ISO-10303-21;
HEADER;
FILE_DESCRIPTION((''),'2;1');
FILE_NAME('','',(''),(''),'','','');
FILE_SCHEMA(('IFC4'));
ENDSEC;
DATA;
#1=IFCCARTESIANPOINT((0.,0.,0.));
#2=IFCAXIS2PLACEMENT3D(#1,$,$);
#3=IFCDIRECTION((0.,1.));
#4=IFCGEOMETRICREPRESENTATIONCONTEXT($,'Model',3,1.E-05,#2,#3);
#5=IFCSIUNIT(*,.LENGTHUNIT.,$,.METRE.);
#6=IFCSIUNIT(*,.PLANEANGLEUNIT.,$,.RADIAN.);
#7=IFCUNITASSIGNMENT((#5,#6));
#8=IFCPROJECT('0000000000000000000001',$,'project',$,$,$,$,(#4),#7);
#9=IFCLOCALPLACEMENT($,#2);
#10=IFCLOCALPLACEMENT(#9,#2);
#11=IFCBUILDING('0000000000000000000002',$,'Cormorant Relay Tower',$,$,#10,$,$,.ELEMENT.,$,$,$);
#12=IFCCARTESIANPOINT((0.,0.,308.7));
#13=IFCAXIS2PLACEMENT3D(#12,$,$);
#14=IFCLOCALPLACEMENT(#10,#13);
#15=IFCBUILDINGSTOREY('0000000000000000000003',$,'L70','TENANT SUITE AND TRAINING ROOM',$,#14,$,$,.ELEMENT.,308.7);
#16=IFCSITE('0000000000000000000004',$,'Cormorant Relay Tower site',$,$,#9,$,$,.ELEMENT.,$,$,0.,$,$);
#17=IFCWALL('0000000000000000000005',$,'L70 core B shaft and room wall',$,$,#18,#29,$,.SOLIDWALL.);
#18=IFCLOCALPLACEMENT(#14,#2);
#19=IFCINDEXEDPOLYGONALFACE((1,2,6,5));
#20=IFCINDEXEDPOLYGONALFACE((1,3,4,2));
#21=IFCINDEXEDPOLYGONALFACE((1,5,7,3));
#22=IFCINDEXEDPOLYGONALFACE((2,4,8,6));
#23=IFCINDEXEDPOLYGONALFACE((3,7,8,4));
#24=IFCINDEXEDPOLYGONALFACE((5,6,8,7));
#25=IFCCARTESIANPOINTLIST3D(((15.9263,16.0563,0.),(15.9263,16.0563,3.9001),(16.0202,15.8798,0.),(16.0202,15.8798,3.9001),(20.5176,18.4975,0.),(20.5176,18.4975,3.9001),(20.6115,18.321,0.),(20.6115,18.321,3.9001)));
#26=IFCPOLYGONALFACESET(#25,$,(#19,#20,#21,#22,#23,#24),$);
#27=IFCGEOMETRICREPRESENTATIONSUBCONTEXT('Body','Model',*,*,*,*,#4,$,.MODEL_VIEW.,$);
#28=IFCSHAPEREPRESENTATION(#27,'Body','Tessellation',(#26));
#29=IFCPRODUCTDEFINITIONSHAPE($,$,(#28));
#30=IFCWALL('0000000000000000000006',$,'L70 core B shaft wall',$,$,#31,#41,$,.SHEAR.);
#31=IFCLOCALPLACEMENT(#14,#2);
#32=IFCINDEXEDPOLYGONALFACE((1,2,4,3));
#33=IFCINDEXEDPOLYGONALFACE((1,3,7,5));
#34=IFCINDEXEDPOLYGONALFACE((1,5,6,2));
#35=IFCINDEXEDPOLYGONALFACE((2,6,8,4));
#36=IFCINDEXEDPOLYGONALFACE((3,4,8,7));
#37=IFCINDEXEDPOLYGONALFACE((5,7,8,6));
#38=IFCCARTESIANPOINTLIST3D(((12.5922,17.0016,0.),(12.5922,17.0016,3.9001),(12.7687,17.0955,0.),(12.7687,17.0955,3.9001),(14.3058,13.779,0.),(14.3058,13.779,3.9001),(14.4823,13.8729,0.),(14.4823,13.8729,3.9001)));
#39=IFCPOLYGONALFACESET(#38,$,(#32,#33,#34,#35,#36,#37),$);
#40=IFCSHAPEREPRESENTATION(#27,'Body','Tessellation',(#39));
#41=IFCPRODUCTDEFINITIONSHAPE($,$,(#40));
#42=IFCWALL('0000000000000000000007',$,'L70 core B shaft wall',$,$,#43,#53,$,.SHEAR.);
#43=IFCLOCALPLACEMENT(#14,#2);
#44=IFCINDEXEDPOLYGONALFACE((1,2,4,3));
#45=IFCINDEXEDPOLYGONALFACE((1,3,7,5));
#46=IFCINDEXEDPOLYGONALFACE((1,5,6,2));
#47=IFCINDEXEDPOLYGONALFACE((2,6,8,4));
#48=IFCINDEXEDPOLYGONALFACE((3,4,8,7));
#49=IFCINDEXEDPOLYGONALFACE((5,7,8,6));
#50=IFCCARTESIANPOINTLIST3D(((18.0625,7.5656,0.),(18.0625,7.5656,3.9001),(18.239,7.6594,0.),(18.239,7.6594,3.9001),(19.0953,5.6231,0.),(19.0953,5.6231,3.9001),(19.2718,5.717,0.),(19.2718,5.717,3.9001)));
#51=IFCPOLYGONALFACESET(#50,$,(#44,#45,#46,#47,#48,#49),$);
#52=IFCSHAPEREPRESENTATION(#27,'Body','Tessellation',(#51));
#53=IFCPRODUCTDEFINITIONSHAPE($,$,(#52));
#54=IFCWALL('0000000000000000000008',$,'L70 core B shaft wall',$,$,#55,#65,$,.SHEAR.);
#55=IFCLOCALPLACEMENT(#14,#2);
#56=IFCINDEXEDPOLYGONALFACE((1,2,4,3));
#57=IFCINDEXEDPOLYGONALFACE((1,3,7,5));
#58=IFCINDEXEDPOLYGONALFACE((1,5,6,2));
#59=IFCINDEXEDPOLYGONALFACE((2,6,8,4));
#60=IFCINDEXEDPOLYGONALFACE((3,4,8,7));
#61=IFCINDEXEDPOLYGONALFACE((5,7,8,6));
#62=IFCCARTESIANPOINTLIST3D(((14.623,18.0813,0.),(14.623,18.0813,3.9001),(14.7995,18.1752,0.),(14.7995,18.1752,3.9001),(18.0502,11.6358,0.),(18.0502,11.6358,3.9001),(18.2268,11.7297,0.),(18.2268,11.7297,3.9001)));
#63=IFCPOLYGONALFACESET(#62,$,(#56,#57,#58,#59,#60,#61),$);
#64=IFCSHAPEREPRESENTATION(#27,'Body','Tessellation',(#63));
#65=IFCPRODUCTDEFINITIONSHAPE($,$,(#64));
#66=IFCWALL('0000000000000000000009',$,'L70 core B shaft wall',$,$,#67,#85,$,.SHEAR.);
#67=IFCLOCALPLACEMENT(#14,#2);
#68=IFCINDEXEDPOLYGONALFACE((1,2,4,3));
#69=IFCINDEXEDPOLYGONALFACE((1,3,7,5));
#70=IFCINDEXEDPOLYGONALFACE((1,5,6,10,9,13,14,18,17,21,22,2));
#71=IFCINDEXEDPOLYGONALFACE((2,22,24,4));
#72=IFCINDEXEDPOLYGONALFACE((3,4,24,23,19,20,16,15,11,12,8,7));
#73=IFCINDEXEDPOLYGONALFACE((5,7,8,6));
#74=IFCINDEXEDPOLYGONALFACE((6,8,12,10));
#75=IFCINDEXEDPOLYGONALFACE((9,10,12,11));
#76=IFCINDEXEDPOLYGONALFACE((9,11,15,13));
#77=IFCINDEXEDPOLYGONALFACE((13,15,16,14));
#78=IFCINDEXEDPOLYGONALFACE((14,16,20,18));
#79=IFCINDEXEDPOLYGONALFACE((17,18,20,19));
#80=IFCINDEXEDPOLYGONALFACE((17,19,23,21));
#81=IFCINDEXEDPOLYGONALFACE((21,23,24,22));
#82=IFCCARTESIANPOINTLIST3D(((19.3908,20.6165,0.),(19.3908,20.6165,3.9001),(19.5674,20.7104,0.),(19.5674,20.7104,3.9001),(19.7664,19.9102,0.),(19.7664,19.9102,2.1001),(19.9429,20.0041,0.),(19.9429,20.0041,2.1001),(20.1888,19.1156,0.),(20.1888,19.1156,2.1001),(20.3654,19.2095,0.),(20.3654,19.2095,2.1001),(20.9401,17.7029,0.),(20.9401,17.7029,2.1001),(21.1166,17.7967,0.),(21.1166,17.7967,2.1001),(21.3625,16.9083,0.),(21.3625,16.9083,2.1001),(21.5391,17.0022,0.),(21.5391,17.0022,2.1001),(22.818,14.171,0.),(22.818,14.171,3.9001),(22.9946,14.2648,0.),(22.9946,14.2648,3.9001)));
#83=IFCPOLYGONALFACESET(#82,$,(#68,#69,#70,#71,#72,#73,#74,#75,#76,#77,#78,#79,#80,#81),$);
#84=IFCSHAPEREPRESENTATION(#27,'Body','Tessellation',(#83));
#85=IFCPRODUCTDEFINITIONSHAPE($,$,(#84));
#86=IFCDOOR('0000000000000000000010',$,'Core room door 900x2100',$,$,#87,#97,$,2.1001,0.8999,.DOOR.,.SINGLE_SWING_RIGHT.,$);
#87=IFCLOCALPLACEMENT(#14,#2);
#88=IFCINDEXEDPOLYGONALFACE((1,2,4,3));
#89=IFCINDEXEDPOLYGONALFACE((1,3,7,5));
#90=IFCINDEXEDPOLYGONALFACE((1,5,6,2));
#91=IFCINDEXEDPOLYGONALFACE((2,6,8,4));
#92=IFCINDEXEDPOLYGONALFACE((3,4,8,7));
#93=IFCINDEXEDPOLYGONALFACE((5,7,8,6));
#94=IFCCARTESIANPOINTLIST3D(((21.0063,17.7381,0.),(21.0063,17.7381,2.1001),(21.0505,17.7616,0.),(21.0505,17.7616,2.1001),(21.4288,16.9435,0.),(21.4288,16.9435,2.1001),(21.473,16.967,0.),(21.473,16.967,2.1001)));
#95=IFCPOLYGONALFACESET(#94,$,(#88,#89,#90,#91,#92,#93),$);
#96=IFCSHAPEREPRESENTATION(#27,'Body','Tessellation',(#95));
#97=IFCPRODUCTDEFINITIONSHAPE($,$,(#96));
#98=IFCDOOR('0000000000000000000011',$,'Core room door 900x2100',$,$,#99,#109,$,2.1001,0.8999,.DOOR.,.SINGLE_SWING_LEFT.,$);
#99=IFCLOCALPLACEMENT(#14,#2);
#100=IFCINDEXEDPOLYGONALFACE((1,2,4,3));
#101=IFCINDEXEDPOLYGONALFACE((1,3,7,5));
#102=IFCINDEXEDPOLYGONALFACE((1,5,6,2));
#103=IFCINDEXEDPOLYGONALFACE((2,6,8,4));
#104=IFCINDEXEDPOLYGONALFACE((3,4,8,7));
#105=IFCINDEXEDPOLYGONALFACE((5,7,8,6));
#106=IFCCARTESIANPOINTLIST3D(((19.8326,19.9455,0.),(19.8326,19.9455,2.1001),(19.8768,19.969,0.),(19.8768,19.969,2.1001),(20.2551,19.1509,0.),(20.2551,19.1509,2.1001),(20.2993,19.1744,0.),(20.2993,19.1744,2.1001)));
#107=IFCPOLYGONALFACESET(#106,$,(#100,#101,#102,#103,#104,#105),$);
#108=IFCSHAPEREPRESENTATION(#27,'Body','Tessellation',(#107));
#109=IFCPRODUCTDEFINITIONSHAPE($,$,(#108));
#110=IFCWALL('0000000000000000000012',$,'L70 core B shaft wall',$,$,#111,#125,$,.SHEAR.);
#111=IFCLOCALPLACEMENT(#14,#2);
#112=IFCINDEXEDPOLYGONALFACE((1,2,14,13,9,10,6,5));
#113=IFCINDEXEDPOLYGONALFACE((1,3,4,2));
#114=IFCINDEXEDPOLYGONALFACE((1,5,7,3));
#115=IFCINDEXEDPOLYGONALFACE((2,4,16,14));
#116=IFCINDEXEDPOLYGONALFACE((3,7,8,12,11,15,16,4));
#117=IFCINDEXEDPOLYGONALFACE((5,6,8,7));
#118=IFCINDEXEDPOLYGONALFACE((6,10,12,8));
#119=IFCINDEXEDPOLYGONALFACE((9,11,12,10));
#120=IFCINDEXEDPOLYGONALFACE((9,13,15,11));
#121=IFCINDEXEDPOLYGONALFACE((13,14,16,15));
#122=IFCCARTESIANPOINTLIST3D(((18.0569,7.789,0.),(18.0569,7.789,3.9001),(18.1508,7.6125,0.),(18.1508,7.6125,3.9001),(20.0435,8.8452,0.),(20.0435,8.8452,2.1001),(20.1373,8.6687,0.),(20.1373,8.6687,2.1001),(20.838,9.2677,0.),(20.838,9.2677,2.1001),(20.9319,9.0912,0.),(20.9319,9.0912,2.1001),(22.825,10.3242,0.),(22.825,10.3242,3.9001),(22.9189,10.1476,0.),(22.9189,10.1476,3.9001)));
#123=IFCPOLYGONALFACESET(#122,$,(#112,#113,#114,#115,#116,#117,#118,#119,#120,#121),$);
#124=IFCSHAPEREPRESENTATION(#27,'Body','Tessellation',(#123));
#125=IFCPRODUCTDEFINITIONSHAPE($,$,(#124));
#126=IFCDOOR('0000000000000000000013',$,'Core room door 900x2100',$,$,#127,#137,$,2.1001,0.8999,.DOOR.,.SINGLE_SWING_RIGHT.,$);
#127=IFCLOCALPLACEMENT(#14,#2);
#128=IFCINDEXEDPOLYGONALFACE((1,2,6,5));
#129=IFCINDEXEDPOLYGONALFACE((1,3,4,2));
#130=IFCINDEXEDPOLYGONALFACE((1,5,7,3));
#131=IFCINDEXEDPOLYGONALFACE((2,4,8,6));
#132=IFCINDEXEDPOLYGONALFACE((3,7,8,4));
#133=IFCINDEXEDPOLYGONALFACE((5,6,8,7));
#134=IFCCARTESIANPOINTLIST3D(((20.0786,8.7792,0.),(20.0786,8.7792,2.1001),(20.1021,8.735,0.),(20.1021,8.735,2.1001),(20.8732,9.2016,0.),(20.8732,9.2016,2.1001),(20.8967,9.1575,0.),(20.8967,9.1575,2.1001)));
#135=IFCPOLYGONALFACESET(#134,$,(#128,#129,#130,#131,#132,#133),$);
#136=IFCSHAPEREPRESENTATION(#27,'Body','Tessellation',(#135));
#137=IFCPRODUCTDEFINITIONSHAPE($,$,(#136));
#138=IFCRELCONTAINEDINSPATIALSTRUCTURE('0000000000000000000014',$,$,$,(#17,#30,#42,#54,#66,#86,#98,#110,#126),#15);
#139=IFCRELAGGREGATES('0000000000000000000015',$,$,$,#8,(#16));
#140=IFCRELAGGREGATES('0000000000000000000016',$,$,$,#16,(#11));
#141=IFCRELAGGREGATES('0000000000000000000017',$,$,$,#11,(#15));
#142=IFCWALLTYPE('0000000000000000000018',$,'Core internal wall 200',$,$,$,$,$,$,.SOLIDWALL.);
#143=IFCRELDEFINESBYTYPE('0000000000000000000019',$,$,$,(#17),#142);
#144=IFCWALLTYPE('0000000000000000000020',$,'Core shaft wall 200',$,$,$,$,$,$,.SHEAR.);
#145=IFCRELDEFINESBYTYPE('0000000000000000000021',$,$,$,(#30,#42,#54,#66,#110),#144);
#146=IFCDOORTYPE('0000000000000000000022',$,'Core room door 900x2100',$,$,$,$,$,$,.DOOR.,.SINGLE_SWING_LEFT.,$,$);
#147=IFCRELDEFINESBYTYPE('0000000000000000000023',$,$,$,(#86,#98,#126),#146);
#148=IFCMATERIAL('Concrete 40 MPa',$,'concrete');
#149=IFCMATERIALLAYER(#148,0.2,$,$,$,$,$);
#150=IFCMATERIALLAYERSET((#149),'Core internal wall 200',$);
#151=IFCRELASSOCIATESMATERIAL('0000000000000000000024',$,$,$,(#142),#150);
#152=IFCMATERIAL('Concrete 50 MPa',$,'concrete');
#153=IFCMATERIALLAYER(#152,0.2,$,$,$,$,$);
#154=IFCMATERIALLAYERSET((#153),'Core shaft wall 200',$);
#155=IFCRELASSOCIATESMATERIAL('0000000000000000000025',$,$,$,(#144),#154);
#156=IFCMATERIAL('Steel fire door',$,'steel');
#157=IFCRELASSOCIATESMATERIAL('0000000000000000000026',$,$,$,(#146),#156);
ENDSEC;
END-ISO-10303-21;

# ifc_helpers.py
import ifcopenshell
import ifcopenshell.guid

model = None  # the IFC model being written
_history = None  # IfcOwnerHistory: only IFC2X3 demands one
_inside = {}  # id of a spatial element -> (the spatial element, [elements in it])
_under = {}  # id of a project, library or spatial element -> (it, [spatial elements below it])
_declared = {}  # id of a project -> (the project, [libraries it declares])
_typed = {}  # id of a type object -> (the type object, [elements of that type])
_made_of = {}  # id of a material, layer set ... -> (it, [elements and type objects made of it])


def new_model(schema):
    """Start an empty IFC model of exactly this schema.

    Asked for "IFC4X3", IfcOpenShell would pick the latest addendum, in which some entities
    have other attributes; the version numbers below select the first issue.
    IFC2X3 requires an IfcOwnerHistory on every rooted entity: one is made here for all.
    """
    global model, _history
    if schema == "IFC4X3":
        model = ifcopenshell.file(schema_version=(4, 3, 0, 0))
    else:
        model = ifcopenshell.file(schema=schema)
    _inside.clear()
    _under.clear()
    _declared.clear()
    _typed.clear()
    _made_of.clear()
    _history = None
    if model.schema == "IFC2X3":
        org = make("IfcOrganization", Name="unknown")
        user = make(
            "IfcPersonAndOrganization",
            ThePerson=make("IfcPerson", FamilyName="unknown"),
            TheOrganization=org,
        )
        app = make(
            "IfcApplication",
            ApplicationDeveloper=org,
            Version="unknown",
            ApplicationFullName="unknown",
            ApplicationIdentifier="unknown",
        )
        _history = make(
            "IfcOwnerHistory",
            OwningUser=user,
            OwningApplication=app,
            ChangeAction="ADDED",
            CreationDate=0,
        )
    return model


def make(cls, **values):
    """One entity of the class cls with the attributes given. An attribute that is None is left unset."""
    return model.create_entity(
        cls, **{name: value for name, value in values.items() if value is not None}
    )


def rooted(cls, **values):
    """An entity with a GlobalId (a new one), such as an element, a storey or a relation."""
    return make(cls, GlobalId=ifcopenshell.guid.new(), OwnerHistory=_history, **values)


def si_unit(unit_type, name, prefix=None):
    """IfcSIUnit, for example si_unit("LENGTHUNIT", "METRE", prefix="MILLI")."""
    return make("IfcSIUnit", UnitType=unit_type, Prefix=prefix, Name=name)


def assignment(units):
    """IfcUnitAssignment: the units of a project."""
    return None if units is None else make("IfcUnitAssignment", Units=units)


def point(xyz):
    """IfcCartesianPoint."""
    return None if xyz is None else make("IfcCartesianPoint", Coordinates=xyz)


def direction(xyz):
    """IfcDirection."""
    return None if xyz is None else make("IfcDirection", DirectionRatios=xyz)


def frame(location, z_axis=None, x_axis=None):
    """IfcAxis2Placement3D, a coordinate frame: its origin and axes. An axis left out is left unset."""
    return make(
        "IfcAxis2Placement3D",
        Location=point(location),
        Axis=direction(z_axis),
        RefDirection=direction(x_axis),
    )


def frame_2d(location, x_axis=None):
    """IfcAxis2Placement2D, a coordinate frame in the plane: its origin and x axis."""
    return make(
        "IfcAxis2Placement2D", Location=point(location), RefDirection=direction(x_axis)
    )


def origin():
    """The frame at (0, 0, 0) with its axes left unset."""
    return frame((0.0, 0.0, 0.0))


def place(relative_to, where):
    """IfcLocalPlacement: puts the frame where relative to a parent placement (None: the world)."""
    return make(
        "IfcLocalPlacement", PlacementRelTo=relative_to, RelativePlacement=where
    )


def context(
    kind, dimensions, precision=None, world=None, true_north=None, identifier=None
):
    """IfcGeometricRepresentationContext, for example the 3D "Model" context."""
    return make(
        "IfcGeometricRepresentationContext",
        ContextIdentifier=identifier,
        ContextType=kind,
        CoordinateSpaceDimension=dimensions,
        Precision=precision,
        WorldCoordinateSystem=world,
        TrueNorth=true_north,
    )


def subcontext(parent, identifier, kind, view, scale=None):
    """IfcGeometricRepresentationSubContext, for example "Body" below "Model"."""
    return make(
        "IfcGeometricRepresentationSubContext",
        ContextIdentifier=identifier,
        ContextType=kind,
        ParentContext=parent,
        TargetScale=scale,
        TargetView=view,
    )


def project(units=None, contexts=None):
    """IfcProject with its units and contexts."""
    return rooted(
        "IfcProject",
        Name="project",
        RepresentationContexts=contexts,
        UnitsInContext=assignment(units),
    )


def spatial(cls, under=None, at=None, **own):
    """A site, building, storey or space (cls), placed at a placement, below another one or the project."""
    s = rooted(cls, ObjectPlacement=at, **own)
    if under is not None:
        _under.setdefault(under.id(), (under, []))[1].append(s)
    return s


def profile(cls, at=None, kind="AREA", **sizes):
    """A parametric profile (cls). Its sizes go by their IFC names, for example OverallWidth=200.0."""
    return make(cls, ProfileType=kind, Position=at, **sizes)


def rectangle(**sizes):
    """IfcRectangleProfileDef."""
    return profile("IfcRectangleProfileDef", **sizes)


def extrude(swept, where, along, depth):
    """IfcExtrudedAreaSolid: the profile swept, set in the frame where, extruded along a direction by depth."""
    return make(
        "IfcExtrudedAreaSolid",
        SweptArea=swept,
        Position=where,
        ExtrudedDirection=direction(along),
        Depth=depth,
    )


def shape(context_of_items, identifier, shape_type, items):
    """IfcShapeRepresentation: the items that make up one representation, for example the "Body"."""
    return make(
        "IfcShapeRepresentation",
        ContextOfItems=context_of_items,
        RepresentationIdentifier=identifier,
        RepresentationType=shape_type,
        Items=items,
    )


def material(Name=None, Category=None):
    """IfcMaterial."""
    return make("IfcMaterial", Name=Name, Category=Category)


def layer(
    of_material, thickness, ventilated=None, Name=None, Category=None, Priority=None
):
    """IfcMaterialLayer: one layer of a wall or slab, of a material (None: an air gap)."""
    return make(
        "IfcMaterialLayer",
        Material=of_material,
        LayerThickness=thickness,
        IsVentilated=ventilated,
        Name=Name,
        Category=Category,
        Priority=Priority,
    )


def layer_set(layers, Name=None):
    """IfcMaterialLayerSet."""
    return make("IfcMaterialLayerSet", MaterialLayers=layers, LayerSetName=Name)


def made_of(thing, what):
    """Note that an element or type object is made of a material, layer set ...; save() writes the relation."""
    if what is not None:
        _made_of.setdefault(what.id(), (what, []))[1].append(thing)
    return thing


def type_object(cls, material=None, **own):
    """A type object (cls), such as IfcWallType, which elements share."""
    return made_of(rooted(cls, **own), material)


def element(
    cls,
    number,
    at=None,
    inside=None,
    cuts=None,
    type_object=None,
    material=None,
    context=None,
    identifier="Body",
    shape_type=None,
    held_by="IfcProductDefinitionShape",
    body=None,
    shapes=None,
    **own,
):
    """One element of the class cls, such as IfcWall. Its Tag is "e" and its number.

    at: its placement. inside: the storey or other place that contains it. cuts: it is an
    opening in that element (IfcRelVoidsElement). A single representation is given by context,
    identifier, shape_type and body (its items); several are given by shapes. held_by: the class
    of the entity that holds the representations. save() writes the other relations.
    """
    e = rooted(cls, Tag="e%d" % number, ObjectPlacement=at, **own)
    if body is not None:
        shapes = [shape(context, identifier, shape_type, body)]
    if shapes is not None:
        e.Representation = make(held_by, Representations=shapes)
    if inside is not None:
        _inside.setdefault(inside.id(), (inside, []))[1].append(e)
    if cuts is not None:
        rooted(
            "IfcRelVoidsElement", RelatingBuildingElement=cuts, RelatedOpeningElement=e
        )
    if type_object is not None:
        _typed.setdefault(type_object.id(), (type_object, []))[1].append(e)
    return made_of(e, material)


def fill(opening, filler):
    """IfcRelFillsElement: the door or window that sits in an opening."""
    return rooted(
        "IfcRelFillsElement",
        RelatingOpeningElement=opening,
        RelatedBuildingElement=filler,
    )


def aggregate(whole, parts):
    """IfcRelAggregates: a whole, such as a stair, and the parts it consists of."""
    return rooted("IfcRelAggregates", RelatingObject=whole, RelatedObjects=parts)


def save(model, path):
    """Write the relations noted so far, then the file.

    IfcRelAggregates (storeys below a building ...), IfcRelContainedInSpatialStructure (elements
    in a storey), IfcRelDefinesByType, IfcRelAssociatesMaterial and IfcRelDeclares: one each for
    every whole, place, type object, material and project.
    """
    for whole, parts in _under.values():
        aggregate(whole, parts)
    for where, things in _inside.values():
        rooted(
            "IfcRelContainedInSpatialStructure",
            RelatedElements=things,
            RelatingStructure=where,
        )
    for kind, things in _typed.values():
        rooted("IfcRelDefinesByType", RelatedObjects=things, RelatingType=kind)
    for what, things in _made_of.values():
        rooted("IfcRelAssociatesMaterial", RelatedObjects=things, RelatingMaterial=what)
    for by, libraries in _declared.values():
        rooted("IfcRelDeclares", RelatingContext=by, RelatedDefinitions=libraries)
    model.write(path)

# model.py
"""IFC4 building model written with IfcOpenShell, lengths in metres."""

from ifc_helpers import new_model, si_unit, direction, frame, frame_2d, origin, place, context, subcontext, project, spatial, rectangle, extrude, material, layer, layer_set, type_object, element, fill, save


model = new_model("IFC4")

# Units and contexts
model_context = context("Model", 3, precision=1e-05, world=origin(), true_north=direction((0.0, 1.0)))
body_context = subcontext(model_context, "Body", "Model", "MODEL_VIEW")
ifc_project = project(units=[si_unit("LENGTHUNIT", "METRE"), si_unit("PLANEANGLEUNIT", "RADIAN")], contexts=[model_context])

# Site, building, storey
site_placement = place(None, origin())
site = spatial("IfcSite", under=ifc_project, at=site_placement, Name="Cormorant Relay Tower site", CompositionType="ELEMENT", RefElevation=0.0)
building_placement = place(site_placement, origin())
building = spatial("IfcBuilding", under=site, at=building_placement, Name="Cormorant Relay Tower", CompositionType="ELEMENT")
storey_placement = place(building_placement, frame((0.0, 0.0, 308.7)))
storey = spatial("IfcBuildingStorey", under=building, at=storey_placement, Name="L70", Description="TENANT SUITE AND TRAINING ROOM", CompositionType="ELEMENT", Elevation=308.7)

# Walls
ifc_material_1 = material(Name="Concrete 40 MPa", Category="concrete")
ifc_layer_1 = layer(ifc_material_1, 0.2)
ifc_layer_set_1 = layer_set([ifc_layer_1], Name="Core internal wall 200")
wall_type_1 = type_object("IfcWallType", Name="Core internal wall 200", PredefinedType="SOLIDWALL", material=ifc_layer_set_1)
wall_1_placement = place(storey_placement, frame((15.9731, 15.968, 0.0), z_axis=(0.0, 0.0, 1.0), x_axis=(0.882954, 0.46946, 0.0)))
element("IfcWall", 1, at=wall_1_placement, inside=storey, type_object=wall_type_1, Name="L70 core B shaft and room wall", PredefinedType="SOLIDWALL", context=body_context, shape_type="SweptSolid", body=[
    extrude(rectangle(XDim=5.2, YDim=0.2, at=frame_2d((2.6001, 0.0))), origin(), (0.0, 0.0, 1.0), 3.9001),
])
ifc_material_2 = material(Name="Concrete 50 MPa", Category="concrete")
ifc_layer_2 = layer(ifc_material_2, 0.2)
ifc_layer_set_2 = layer_set([ifc_layer_2], Name="Core shaft wall 200")
wall_type_2 = type_object("IfcWallType", Name="Core shaft wall 200", PredefinedType="SHEAR", material=ifc_layer_set_2)
wall_2_placement = place(storey_placement, frame((14.394, 13.8259, 0.0), z_axis=(0.0, 0.0, 1.0), x_axis=(-0.469494, 0.882936, 0.0)))
element("IfcWall", 2, at=wall_2_placement, inside=storey, type_object=wall_type_2, Name="L70 core B shaft wall", PredefinedType="SHEAR", context=body_context, shape_type="SweptSolid", body=[
    extrude(rectangle(XDim=3.6499, YDim=0.2, at=frame_2d((1.825, 0.0))), origin(), (0.0, 0.0, 1.0), 3.9001),
])
wall_3_placement = place(storey_placement, frame((19.1836, 5.6699, 0.0), z_axis=(0.0, 0.0, 1.0), x_axis=(-0.469447, 0.88296, 0.0)))
element("IfcWall", 3, at=wall_3_placement, inside=storey, type_object=wall_type_2, Name="L70 core B shaft wall", PredefinedType="SHEAR", context=body_context, shape_type="SweptSolid", body=[
    extrude(rectangle(XDim=2.2, YDim=0.2, at=frame_2d((1.1001, 0.0))), origin(), (0.0, 0.0, 1.0), 3.9001),
])
wall_4_placement = place(storey_placement, frame((18.1384, 11.6829, 0.0), z_axis=(0.0, 0.0, 1.0), x_axis=(-0.46948, 0.882943, 0.0)))
element("IfcWall", 4, at=wall_4_placement, inside=storey, type_object=wall_type_2, Name="L70 core B shaft wall", PredefinedType="SHEAR", context=body_context, shape_type="SweptSolid", body=[
    extrude(rectangle(XDim=7.3, YDim=0.2, at=frame_2d((3.6499, 0.0))), origin(), (0.0, 0.0, 1.0), 3.9001),
])

# Wall, openings, doors
wall_5_placement = place(storey_placement, frame((22.9062, 14.218, 0.0), z_axis=(0.0, 0.0, 1.0), x_axis=(-0.46948, 0.882943, 0.0)))
wall_5 = element("IfcWall", 5, at=wall_5_placement, inside=storey, type_object=wall_type_2, Name="L70 core B shaft wall", PredefinedType="SHEAR", context=body_context, shape_type="SweptSolid", body=[
    extrude(rectangle(XDim=7.3, YDim=0.2, at=frame_2d((3.6499, 0.0))), origin(), (0.0, 0.0, 1.0), 3.9001),
])
opening_1_placement = place(wall_5_placement, frame((3.1001, 0.0, 0.0)))
opening_1 = element("IfcOpeningElement", 6, at=opening_1_placement, cuts=wall_5, PredefinedType="OPENING", context=body_context, shape_type="SweptSolid", body=[
    extrude(rectangle(XDim=0.8999, YDim=2.1001, at=frame_2d((0.45, 1.05))), frame((0.0, 0.1099, 0.0), z_axis=(0.0, -1.0, 0.0), x_axis=(1.0, 0.0, 0.0)), (0.0, 0.0, 1.0), 0.22),
])
opening_2_placement = place(wall_5_placement, frame((5.6001, 0.0, 0.0)))
opening_2 = element("IfcOpeningElement", 7, at=opening_2_placement, cuts=wall_5, PredefinedType="OPENING", context=body_context, shape_type="SweptSolid", body=[
    extrude(rectangle(XDim=0.8999, YDim=2.1001, at=frame_2d((0.45, 1.05))), frame((0.0, 0.1099, 0.0), z_axis=(0.0, -1.0, 0.0), x_axis=(1.0, 0.0, 0.0)), (0.0, 0.0, 1.0), 0.22),
])
ifc_material_3 = material(Name="Steel fire door", Category="steel")
door_type_1 = type_object("IfcDoorType", Name="Core room door 900x2100", OperationType="SINGLE_SWING_LEFT", PredefinedType="DOOR", material=ifc_material_3)
door_1_placement = place(opening_1_placement, origin())
door_1 = element("IfcDoor", 8, at=door_1_placement, inside=storey, type_object=door_type_1, Name="Core room door 900x2100", OperationType="SINGLE_SWING_RIGHT", OverallHeight=2.1001, OverallWidth=0.8999, PredefinedType="DOOR", context=body_context, shape_type="SweptSolid", body=[
    extrude(rectangle(XDim=0.8999, YDim=2.1001, at=frame_2d((0.45, 1.05))), frame((0.0, 0.0249, 0.0), z_axis=(0.0, -1.0, 0.0), x_axis=(1.0, 0.0, 0.0)), (0.0, 0.0, 1.0), 0.05),
])
fill(opening_1, door_1)
door_2_placement = place(opening_2_placement, origin())
door_2 = element("IfcDoor", 9, at=door_2_placement, inside=storey, type_object=door_type_1, Name="Core room door 900x2100", OperationType="SINGLE_SWING_LEFT", OverallHeight=2.1001, OverallWidth=0.8999, PredefinedType="DOOR", context=body_context, shape_type="SweptSolid", body=[
    extrude(rectangle(XDim=0.8999, YDim=2.1001, at=frame_2d((0.45, 1.05))), frame((0.0, 0.0249, 0.0), z_axis=(0.0, -1.0, 0.0), x_axis=(1.0, 0.0, 0.0)), (0.0, 0.0, 1.0), 0.05),
])
fill(opening_2, door_2)

# Wall, opening, door
wall_6_placement = place(storey_placement, frame((18.1038, 7.7007, 0.0), z_axis=(0.0, 0.0, 1.0), x_axis=(0.882953, 0.469462, 0.0)))
wall_6 = element("IfcWall", 10, at=wall_6_placement, inside=storey, type_object=wall_type_2, Name="L70 core B shaft wall", PredefinedType="SHEAR", context=body_context, shape_type="SweptSolid", body=[
    extrude(rectangle(XDim=5.4001, YDim=0.2, at=frame_2d((2.7002, 0.0))), origin(), (0.0, 0.0, 1.0), 3.9001),
])
opening_3_placement = place(wall_6_placement, frame((2.25, 0.0, 0.0)))
opening_3 = element("IfcOpeningElement", 11, at=opening_3_placement, cuts=wall_6, PredefinedType="OPENING", context=body_context, shape_type="SweptSolid", body=[
    extrude(rectangle(XDim=0.8999, YDim=2.1001, at=frame_2d((0.45, 1.05))), frame((0.0, 0.1099, 0.0), z_axis=(0.0, -1.0, 0.0), x_axis=(1.0, 0.0, 0.0)), (0.0, 0.0, 1.0), 0.22),
])
door_3_placement = place(opening_3_placement, frame((0.8999, 0.0, 0.0), z_axis=(0.0, 0.0, 1.0), x_axis=(-1.0, 0.0, 0.0)))
door_3 = element("IfcDoor", 12, at=door_3_placement, inside=storey, type_object=door_type_1, Name="Core room door 900x2100", OperationType="SINGLE_SWING_RIGHT", OverallHeight=2.1001, OverallWidth=0.8999, PredefinedType="DOOR", context=body_context, shape_type="SweptSolid", body=[
    extrude(rectangle(XDim=0.8999, YDim=2.1001, at=frame_2d((0.45, 1.05))), frame((0.0, 0.0249, 0.0), z_axis=(0.0, -1.0, 0.0), x_axis=(1.0, 0.0, 0.0)), (0.0, 0.0, 1.0), 0.05),
])
fill(opening_3, door_3)

save(model, "model.ifc")
